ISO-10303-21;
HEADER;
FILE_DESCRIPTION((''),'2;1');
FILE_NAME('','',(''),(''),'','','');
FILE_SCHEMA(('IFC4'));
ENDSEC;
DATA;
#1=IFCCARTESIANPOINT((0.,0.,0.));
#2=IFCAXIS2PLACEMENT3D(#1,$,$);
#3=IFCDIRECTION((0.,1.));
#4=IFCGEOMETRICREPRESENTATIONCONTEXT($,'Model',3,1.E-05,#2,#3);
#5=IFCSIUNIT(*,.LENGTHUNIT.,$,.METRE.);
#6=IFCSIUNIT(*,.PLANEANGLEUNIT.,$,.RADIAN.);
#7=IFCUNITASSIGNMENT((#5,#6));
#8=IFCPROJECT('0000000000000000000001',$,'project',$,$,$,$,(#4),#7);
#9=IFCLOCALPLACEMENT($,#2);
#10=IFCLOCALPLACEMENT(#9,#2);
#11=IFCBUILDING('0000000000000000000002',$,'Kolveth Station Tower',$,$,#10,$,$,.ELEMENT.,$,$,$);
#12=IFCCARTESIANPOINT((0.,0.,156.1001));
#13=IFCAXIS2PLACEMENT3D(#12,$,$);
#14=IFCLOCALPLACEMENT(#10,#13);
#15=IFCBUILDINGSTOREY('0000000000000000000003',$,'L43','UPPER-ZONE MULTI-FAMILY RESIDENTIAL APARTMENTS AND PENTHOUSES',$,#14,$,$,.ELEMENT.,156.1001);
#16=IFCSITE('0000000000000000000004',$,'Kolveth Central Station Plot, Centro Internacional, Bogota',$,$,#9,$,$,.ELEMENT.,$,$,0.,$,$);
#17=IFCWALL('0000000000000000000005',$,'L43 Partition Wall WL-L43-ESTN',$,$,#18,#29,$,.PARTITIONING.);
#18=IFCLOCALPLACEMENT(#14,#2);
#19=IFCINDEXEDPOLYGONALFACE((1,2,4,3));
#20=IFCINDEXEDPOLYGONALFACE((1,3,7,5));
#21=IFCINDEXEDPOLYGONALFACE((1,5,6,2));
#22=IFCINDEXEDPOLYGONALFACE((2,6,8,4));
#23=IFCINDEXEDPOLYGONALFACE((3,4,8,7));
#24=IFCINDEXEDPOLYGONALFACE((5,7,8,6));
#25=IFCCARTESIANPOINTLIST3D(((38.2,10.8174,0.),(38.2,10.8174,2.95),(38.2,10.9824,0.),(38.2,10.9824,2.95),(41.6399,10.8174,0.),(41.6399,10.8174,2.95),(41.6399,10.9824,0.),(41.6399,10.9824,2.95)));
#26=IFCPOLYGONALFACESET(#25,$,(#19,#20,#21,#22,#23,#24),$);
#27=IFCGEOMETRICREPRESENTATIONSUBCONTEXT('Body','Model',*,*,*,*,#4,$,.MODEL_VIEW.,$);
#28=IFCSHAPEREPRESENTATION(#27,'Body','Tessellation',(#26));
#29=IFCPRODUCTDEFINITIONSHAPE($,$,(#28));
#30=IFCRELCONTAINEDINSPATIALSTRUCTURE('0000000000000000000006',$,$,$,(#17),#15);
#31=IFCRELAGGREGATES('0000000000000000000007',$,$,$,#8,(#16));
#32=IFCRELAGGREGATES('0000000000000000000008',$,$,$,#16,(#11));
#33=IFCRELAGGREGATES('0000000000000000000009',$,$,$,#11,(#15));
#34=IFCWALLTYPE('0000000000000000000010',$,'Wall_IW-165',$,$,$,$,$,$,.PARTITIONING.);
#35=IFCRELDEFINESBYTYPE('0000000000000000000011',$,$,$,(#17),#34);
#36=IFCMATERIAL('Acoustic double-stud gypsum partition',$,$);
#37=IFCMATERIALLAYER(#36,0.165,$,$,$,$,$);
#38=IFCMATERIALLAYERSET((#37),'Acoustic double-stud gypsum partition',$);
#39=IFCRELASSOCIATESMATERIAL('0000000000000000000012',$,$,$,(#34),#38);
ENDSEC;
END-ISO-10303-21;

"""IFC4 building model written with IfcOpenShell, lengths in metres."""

from ifc_helpers import new_model, si_unit, direction, frame, frame_2d, origin, place, context, subcontext, project, spatial, rectangle, extrude, material, layer, layer_set, type_object, element, save


model = new_model("IFC4")

# Units and contexts
model_context = context("Model", 3, precision=1e-05, world=origin(), true_north=direction((0.0, 1.0)))
body_context = subcontext(model_context, "Body", "Model", "MODEL_VIEW")
ifc_project = project(units=[si_unit("LENGTHUNIT", "METRE"), si_unit("PLANEANGLEUNIT", "RADIAN")], contexts=[model_context])

# Site, building, storey
site_placement = place(None, origin())
site = spatial("IfcSite", under=ifc_project, at=site_placement, Name="Kolveth Central Station Plot, Centro Internacional, Bogota", CompositionType="ELEMENT", RefElevation=0.0)
building_placement = place(site_placement, origin())
building = spatial("IfcBuilding", under=site, at=building_placement, Name="Kolveth Station Tower", CompositionType="ELEMENT")
storey_placement = place(building_placement, frame((0.0, 0.0, 156.1001)))
storey = spatial("IfcBuildingStorey", under=building, at=storey_placement, Name="L43", Description="UPPER-ZONE MULTI-FAMILY RESIDENTIAL APARTMENTS AND PENTHOUSES", CompositionType="ELEMENT", Elevation=156.1001)

# Shared definitions
ifc_material_1 = material(Name="Acoustic double-stud gypsum partition")
ifc_layer_1 = layer(ifc_material_1, 0.165)
ifc_layer_set_1 = layer_set([ifc_layer_1], Name="Acoustic double-stud gypsum partition")
wall_type_1 = type_object("IfcWallType", Name="Wall_IW-165", PredefinedType="PARTITIONING", material=ifc_layer_set_1)

# Wall
wall_1_placement = place(storey_placement, frame((38.2, 10.8999, 0.0), z_axis=(0.0, 0.0, 1.0), x_axis=(1.0, 0.0, 0.0)))
element("IfcWall", 1, at=wall_1_placement, inside=storey, type_object=wall_type_1, Name="L43 Partition Wall WL-L43-ESTN", PredefinedType="PARTITIONING", context=body_context, shape_type="SweptSolid", body=[
    extrude(rectangle(XDim=3.4399, YDim=0.165, at=frame_2d((1.72, 0.0))), origin(), (0.0, 0.0, 1.0), 2.95),
])

save(model, "model.ifc")
